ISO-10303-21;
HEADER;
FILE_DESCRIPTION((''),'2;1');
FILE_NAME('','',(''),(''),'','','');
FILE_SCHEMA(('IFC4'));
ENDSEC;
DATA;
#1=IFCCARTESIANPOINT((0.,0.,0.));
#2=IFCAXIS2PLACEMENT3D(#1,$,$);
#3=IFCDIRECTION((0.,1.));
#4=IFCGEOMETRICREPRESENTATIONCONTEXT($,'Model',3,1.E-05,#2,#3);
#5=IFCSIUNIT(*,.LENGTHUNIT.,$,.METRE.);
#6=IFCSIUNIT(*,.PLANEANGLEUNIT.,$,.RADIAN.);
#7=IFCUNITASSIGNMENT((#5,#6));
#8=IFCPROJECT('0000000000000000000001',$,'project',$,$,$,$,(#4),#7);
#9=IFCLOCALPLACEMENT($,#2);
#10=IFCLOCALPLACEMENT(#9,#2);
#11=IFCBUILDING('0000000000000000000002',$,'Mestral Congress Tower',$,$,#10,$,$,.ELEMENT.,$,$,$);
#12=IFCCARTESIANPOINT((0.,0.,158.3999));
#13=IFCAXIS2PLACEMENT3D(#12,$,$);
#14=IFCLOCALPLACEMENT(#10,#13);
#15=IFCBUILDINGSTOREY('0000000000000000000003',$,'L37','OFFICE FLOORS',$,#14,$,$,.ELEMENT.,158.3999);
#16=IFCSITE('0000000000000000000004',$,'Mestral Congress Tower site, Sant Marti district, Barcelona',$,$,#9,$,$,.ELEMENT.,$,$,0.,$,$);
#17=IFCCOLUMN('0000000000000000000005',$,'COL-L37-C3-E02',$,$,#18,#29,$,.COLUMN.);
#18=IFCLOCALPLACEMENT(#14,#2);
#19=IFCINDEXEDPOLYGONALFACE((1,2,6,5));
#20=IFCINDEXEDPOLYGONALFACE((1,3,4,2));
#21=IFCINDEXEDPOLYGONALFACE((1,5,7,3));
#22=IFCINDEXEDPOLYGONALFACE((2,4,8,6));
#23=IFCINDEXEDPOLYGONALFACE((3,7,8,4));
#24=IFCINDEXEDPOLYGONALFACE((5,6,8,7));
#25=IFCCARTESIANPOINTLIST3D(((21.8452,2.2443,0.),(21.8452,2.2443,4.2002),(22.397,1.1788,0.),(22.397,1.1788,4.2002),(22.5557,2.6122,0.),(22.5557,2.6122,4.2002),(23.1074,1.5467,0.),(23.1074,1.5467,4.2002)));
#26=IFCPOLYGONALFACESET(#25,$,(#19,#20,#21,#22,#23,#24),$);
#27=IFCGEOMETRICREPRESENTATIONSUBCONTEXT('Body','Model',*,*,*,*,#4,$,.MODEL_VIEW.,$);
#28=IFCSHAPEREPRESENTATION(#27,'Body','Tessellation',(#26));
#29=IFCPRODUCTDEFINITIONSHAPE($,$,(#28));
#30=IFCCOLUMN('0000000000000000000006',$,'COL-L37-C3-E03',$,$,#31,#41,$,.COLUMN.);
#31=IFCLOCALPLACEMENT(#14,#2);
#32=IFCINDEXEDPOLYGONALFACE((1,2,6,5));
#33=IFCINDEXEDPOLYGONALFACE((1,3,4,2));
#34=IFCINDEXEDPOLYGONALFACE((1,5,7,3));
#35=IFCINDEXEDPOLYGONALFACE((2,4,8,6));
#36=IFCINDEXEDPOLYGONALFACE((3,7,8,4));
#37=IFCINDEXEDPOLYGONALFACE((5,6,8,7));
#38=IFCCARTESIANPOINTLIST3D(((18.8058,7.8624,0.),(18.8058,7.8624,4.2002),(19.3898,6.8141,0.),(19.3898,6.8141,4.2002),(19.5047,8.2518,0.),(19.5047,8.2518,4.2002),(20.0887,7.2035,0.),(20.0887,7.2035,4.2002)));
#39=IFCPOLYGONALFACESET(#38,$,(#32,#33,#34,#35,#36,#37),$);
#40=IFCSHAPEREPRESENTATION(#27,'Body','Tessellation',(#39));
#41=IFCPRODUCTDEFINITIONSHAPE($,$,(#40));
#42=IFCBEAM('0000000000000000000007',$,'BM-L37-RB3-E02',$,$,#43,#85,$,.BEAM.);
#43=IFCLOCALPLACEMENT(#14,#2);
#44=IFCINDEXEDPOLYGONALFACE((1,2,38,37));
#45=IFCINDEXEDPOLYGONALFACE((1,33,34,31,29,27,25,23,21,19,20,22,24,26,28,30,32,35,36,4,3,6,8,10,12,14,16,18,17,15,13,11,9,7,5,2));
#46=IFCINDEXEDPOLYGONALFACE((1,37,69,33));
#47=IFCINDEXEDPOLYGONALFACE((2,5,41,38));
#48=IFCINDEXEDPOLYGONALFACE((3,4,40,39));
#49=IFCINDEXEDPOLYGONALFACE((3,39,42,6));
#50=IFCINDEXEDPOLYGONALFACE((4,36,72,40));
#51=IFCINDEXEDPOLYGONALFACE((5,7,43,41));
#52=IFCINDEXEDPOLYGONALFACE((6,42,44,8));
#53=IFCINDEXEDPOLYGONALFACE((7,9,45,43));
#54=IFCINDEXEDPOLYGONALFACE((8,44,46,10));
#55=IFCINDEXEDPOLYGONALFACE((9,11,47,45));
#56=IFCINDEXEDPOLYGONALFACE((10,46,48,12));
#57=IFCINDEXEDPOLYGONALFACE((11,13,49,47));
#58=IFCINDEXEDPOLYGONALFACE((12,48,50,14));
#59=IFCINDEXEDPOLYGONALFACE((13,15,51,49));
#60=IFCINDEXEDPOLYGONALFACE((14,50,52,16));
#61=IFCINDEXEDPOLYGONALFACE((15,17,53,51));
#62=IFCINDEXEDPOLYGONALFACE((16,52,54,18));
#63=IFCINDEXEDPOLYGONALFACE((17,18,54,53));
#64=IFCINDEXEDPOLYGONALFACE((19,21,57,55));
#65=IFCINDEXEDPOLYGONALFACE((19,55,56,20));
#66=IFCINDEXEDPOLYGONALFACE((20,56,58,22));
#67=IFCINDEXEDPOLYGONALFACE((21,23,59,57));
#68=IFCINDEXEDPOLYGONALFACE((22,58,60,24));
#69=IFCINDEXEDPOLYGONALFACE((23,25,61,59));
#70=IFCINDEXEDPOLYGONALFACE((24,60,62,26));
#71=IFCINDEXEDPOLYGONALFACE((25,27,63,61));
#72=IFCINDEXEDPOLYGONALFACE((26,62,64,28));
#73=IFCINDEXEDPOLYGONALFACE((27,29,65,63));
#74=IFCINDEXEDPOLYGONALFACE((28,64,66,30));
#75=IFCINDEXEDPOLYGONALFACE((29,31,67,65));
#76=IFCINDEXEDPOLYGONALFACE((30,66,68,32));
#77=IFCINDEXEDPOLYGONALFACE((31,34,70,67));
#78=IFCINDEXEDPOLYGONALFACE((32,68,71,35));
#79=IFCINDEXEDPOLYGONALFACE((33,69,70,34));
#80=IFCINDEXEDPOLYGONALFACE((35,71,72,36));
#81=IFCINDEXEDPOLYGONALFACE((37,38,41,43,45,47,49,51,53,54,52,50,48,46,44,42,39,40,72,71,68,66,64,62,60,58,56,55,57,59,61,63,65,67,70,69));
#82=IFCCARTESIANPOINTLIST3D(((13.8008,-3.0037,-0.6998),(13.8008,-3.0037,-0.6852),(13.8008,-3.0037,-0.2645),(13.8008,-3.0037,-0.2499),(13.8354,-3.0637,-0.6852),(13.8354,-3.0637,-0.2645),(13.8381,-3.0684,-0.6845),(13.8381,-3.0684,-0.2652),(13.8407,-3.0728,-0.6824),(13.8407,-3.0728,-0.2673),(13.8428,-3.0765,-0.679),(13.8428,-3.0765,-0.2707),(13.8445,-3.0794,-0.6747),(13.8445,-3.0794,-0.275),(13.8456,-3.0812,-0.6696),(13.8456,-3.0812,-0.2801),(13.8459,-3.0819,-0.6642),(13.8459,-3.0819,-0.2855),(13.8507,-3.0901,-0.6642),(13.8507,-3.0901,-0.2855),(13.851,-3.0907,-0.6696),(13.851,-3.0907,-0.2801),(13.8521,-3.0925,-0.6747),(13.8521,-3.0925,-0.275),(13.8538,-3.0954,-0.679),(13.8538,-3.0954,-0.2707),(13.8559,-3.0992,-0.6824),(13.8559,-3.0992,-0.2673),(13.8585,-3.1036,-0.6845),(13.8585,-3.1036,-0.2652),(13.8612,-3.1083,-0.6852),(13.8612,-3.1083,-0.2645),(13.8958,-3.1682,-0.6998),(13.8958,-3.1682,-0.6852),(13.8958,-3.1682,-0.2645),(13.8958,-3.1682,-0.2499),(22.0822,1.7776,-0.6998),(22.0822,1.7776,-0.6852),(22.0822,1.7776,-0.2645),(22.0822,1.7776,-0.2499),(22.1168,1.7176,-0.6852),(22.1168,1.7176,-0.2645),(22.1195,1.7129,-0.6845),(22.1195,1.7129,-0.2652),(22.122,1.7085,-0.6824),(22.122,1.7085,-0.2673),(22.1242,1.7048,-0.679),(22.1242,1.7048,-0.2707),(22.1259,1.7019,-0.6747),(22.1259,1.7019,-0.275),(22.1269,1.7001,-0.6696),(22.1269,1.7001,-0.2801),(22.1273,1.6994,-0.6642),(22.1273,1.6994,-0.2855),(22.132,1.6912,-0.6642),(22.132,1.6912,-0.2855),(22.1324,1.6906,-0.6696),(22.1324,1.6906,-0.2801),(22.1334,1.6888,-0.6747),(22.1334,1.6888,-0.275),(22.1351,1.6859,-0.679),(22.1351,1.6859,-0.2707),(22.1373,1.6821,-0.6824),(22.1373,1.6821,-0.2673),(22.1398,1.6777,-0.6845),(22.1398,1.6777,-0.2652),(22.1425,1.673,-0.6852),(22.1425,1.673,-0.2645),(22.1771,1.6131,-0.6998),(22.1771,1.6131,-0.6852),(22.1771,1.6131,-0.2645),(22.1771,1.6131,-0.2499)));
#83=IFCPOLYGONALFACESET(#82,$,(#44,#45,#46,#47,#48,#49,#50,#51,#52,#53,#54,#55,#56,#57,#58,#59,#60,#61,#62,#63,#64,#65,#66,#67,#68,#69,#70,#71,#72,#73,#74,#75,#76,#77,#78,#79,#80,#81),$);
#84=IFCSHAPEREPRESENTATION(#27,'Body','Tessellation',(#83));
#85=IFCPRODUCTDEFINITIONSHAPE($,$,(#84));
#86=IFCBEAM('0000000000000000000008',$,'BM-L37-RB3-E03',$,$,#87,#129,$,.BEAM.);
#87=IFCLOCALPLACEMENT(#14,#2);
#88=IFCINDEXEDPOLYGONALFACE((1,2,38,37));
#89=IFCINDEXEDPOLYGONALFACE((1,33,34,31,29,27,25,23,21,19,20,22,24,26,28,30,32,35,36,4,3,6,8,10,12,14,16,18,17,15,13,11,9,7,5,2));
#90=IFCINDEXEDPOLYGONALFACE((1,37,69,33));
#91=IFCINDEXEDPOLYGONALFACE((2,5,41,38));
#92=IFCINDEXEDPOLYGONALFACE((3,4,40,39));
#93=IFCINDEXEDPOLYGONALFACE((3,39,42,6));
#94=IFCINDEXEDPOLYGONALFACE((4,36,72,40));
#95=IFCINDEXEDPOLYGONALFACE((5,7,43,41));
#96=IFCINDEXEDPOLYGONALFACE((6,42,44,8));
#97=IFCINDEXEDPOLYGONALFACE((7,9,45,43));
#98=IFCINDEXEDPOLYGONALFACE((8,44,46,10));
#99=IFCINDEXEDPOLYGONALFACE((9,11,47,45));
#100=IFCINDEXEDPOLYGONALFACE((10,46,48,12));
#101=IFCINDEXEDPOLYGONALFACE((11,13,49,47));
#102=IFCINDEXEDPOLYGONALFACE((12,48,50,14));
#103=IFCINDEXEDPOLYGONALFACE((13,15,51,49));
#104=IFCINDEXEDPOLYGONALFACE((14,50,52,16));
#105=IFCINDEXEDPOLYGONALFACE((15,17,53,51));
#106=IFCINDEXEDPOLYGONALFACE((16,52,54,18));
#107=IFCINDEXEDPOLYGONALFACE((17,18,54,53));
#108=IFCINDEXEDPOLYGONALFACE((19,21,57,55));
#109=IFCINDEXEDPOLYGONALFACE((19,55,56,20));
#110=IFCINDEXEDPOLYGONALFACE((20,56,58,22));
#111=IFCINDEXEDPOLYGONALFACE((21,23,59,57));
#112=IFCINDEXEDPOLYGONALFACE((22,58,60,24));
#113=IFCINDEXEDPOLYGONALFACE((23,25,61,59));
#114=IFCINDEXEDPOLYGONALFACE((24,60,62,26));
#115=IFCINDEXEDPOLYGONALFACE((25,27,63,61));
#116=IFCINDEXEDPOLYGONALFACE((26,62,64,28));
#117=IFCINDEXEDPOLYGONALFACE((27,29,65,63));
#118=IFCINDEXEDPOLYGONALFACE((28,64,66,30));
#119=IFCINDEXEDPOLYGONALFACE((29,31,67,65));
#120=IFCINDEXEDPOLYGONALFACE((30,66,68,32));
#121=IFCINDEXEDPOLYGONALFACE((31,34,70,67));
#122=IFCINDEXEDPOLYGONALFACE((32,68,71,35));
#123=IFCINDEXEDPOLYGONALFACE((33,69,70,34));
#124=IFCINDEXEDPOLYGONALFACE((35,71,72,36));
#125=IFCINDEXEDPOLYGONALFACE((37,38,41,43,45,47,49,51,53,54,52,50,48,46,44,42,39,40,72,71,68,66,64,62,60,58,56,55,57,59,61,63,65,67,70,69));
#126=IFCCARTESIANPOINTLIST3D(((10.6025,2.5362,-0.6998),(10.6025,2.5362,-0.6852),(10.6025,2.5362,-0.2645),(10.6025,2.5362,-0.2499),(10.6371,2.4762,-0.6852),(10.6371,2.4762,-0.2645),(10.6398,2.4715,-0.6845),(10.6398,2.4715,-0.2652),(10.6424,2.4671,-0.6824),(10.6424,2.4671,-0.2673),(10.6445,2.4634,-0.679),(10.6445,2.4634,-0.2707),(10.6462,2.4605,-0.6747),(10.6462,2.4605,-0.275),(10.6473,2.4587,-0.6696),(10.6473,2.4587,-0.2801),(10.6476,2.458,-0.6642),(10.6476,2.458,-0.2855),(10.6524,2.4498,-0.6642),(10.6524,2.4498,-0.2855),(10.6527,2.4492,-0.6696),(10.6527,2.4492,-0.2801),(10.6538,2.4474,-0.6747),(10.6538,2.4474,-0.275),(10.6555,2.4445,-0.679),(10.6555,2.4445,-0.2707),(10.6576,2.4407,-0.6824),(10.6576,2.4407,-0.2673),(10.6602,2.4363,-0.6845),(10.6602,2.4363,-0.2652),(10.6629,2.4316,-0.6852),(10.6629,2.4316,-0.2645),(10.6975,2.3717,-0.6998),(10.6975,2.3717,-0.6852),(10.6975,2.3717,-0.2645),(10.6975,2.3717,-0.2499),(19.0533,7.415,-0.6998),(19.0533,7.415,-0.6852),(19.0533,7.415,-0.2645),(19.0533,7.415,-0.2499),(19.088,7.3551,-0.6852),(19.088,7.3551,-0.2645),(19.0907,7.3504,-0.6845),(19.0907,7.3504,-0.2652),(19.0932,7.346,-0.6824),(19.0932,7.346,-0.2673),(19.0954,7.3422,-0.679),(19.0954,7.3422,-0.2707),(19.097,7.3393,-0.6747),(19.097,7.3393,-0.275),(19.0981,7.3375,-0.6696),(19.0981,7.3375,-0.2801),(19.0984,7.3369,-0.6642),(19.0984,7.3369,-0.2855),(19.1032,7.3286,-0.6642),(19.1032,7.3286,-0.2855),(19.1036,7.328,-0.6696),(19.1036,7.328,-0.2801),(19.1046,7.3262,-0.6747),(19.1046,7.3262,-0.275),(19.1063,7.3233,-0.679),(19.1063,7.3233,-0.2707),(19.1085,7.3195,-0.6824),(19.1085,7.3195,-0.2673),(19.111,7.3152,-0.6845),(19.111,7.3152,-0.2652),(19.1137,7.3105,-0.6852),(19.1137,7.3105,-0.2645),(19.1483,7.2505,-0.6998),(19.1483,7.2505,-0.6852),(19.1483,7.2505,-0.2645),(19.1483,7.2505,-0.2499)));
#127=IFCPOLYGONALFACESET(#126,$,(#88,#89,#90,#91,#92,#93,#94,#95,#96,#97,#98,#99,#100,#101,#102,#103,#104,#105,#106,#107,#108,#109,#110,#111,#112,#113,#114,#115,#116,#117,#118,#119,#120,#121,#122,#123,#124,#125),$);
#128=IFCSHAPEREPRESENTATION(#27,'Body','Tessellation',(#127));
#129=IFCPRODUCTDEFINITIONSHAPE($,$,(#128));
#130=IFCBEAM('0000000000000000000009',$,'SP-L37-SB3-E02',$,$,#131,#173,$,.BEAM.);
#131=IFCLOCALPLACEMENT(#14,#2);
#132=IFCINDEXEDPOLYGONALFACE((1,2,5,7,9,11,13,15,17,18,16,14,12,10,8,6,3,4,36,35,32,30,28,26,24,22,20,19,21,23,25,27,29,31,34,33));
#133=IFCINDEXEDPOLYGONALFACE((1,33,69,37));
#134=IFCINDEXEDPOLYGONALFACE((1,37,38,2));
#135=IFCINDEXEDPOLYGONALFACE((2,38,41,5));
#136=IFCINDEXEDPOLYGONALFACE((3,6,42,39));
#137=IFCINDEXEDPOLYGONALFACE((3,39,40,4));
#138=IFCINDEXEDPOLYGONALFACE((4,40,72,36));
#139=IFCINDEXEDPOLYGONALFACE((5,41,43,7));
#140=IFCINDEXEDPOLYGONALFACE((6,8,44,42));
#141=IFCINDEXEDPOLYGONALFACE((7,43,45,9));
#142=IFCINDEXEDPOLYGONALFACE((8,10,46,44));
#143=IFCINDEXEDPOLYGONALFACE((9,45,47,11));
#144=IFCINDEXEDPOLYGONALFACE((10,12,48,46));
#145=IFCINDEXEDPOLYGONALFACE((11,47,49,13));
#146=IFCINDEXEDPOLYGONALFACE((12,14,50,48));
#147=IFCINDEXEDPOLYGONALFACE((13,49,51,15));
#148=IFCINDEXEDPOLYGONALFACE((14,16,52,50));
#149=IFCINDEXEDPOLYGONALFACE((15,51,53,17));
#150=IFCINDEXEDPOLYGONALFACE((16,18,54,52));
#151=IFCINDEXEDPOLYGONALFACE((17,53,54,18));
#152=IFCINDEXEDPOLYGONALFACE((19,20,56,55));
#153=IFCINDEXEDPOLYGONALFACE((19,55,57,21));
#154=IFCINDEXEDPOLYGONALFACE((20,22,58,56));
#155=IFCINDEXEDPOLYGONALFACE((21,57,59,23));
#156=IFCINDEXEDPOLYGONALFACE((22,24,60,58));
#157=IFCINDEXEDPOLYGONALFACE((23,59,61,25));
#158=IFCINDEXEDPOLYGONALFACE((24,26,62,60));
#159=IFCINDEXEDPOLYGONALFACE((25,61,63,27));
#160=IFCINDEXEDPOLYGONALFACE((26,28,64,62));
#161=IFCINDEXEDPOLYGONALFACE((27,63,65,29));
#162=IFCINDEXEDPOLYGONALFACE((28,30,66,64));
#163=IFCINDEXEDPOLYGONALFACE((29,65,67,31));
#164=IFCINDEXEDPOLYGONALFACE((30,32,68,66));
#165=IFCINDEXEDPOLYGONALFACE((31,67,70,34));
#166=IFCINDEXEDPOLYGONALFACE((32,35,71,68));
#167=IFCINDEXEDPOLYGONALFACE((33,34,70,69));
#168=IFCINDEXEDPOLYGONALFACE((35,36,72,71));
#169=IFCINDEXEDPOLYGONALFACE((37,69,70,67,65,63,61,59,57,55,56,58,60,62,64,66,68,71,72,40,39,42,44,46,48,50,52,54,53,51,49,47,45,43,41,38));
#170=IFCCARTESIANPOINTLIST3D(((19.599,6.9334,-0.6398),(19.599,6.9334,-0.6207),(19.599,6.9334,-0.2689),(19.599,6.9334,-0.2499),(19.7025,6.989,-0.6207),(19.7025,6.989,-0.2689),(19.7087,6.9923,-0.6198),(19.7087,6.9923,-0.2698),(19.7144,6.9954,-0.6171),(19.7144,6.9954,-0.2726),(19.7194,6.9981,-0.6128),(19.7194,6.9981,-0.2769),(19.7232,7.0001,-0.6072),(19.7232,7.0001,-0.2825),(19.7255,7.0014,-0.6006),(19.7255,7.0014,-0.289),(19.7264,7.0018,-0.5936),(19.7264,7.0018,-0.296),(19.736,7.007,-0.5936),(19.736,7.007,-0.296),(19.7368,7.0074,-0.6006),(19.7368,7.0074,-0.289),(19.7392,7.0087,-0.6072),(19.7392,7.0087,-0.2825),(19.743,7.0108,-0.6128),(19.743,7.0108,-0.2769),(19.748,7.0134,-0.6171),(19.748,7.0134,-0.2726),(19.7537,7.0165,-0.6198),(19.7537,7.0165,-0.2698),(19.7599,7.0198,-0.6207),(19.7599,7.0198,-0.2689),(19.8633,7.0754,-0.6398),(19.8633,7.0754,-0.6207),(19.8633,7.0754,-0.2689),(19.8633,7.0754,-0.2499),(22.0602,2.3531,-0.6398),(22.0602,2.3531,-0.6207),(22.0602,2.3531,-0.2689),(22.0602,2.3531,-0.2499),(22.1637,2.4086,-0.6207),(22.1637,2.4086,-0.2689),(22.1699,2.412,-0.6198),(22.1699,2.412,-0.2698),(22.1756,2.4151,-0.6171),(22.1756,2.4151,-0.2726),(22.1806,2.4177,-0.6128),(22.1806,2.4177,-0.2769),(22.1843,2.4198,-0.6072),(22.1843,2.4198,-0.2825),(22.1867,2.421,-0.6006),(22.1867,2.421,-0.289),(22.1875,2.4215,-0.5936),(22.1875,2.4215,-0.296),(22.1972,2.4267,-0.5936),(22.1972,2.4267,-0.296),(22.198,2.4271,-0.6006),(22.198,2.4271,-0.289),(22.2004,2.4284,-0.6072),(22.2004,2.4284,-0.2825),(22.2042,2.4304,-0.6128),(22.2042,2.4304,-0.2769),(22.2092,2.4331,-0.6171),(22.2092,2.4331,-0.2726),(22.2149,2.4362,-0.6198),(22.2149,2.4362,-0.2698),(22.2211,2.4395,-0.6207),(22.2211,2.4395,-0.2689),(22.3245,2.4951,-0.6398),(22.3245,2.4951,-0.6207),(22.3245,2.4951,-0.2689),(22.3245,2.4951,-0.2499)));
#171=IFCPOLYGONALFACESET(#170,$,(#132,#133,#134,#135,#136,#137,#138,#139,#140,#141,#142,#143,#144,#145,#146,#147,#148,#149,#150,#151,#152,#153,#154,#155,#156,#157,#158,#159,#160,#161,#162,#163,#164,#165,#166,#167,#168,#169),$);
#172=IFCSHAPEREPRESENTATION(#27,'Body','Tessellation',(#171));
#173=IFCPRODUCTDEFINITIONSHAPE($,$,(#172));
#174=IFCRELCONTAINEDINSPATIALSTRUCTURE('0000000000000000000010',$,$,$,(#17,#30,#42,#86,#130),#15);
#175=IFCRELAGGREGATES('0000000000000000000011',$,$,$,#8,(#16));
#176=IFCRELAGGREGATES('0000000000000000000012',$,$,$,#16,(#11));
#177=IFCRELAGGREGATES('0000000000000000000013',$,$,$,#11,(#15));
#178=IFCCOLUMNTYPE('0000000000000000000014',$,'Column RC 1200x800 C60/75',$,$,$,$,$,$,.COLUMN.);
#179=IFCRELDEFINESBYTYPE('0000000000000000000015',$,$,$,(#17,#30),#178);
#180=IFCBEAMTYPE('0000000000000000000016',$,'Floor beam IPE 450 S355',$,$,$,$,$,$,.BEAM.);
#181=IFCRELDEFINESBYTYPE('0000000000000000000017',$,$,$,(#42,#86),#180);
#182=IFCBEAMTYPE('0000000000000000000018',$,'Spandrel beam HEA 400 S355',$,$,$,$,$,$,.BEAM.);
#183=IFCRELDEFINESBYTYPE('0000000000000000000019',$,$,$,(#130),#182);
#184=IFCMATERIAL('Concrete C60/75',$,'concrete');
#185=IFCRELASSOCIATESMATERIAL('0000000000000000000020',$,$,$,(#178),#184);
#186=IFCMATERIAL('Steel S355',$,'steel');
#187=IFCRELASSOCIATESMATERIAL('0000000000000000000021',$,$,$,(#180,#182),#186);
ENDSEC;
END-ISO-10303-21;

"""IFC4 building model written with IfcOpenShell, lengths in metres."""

from ifc_helpers import new_model, si_unit, direction, frame, origin, origin_2d, place, context, subcontext, project, spatial, rectangle, i_section, extrude, material, material_profile, profile_set, type_object, element, save


model = new_model("IFC4")

# Units and contexts
model_context = context("Model", 3, precision=1e-05, world=origin(), true_north=direction((0.0, 1.0)))
body_context = subcontext(model_context, "Body", "Model", "MODEL_VIEW")
ifc_project = project(units=[si_unit("LENGTHUNIT", "METRE"), si_unit("PLANEANGLEUNIT", "RADIAN")], contexts=[model_context])

# Site, building, storey
site_placement = place(None, origin())
site = spatial("IfcSite", under=ifc_project, at=site_placement, Name="Mestral Congress Tower site, Sant Marti district, Barcelona", CompositionType="ELEMENT", RefElevation=0.0)
building_placement = place(site_placement, origin())
building = spatial("IfcBuilding", under=site, at=building_placement, Name="Mestral Congress Tower", CompositionType="ELEMENT")
storey_placement = place(building_placement, frame((0.0, 0.0, 158.3999)))
storey = spatial("IfcBuildingStorey", under=building, at=storey_placement, Name="L37", Description="OFFICE FLOORS", CompositionType="ELEMENT", Elevation=158.3999)

# Columns
ifc_material_1 = material(Name="Concrete C60/75", Category="concrete")
ifc_material_profile_1 = material_profile(ifc_material_1, rectangle(XDim=1.2, YDim=0.8, at=origin_2d()), Name="RC 1200x800")
ifc_profile_set_1 = profile_set([ifc_material_profile_1], Name="Concrete C60/75")
column_type = type_object("IfcColumnType", Name="Column RC 1200x800 C60/75", PredefinedType="COLUMN", material=ifc_profile_set_1)
for number, where, z_axis, x_axis, name in (
    (1, (22.4763, 1.8955, 0.0), (0.0, 0.0, 1.0), (-0.459837, 0.888003, 0.0), "COL-L37-C3-E02"),
    (2, (19.4473, 7.533, 0.0), (0.0, 0.0, 1.0), (-0.486724, 0.873556, 0.0), "COL-L37-C3-E03"),
):
    element("IfcColumn", number, at=place(storey_placement, frame(where, z_axis=z_axis, x_axis=x_axis)), inside=storey, type_object=column_type, Name=name, PredefinedType="COLUMN", context=body_context, shape_type="SweptSolid", body=[
        extrude(rectangle(XDim=1.2, YDim=0.8, at=origin_2d()), origin(), (0.0, 0.0, 1.0), 4.2002),
    ])

# Beams
ifc_material_2 = material(Name="Steel S355", Category="steel")
ifc_material_profile_2 = material_profile(ifc_material_2, i_section(OverallWidth=0.1899, OverallDepth=0.45, WebThickness=0.0095, FlangeThickness=0.0146, FilletRadius=0.021, at=origin_2d()), Name="IPE 450")
ifc_profile_set_2 = profile_set([ifc_material_profile_2], Name="Steel S355")
beam_type_1 = type_object("IfcBeamType", Name="Floor beam IPE 450 S355", PredefinedType="BEAM", material=ifc_profile_set_2)
beam_1_placement = place(storey_placement, frame((22.1296, 1.6953, -0.4749), z_axis=(-0.866022, -0.500005, 0.0), x_axis=(0.500005, -0.866022, 0.0)))
element("IfcBeam", 3, at=beam_1_placement, inside=storey, type_object=beam_type_1, Name="BM-L37-RB3-E02", PredefinedType="BEAM", context=body_context, shape_type="SweptSolid", body=[
    extrude(i_section(OverallWidth=0.1899, OverallDepth=0.45, WebThickness=0.0095, FlangeThickness=0.0146, FilletRadius=0.021, at=origin_2d()), origin(), (0.0, 0.0, 1.0), 9.5625),
])
beam_2_placement = place(storey_placement, frame((19.1008, 7.3328, -0.4749), z_axis=(-0.866036, -0.499982, 0.0), x_axis=(0.499982, -0.866036, 0.0)))
element("IfcBeam", 4, at=beam_2_placement, inside=storey, type_object=beam_type_1, Name="BM-L37-RB3-E03", PredefinedType="BEAM", context=body_context, shape_type="SweptSolid", body=[
    extrude(i_section(OverallWidth=0.1899, OverallDepth=0.45, WebThickness=0.0095, FlangeThickness=0.0146, FilletRadius=0.021, at=origin_2d()), origin(), (0.0, 0.0, 1.0), 9.7581),
])
ifc_material_profile_3 = material_profile(ifc_material_2, i_section(OverallWidth=0.3, OverallDepth=0.3899, WebThickness=0.011, FlangeThickness=0.019, FilletRadius=0.0271, at=origin_2d()), Name="HEA 400")
ifc_profile_set_3 = profile_set([ifc_material_profile_3], Name="Steel S355")
beam_type_2 = type_object("IfcBeamType", Name="Spandrel beam HEA 400 S355", PredefinedType="BEAM", material=ifc_profile_set_3)
for number, where, z_axis, x_axis, name in (
    (5, (22.1924, 2.4241, -0.4448), (-0.473332, 0.880884, 0.0), (-0.880884, -0.473332, 0.0), "SP-L37-SB3-E02"),
):
    element("IfcBeam", number, at=place(storey_placement, frame(where, z_axis=z_axis, x_axis=x_axis)), inside=storey, type_object=beam_type_2, Name=name, PredefinedType="BEAM", context=body_context, shape_type="SweptSolid", body=[
        extrude(i_section(OverallWidth=0.3, OverallDepth=0.3899, WebThickness=0.011, FlangeThickness=0.019, FilletRadius=0.0271, at=origin_2d()), origin(), (0.0, 0.0, 1.0), 5.1997),
    ])

save(model, "model.ifc")
